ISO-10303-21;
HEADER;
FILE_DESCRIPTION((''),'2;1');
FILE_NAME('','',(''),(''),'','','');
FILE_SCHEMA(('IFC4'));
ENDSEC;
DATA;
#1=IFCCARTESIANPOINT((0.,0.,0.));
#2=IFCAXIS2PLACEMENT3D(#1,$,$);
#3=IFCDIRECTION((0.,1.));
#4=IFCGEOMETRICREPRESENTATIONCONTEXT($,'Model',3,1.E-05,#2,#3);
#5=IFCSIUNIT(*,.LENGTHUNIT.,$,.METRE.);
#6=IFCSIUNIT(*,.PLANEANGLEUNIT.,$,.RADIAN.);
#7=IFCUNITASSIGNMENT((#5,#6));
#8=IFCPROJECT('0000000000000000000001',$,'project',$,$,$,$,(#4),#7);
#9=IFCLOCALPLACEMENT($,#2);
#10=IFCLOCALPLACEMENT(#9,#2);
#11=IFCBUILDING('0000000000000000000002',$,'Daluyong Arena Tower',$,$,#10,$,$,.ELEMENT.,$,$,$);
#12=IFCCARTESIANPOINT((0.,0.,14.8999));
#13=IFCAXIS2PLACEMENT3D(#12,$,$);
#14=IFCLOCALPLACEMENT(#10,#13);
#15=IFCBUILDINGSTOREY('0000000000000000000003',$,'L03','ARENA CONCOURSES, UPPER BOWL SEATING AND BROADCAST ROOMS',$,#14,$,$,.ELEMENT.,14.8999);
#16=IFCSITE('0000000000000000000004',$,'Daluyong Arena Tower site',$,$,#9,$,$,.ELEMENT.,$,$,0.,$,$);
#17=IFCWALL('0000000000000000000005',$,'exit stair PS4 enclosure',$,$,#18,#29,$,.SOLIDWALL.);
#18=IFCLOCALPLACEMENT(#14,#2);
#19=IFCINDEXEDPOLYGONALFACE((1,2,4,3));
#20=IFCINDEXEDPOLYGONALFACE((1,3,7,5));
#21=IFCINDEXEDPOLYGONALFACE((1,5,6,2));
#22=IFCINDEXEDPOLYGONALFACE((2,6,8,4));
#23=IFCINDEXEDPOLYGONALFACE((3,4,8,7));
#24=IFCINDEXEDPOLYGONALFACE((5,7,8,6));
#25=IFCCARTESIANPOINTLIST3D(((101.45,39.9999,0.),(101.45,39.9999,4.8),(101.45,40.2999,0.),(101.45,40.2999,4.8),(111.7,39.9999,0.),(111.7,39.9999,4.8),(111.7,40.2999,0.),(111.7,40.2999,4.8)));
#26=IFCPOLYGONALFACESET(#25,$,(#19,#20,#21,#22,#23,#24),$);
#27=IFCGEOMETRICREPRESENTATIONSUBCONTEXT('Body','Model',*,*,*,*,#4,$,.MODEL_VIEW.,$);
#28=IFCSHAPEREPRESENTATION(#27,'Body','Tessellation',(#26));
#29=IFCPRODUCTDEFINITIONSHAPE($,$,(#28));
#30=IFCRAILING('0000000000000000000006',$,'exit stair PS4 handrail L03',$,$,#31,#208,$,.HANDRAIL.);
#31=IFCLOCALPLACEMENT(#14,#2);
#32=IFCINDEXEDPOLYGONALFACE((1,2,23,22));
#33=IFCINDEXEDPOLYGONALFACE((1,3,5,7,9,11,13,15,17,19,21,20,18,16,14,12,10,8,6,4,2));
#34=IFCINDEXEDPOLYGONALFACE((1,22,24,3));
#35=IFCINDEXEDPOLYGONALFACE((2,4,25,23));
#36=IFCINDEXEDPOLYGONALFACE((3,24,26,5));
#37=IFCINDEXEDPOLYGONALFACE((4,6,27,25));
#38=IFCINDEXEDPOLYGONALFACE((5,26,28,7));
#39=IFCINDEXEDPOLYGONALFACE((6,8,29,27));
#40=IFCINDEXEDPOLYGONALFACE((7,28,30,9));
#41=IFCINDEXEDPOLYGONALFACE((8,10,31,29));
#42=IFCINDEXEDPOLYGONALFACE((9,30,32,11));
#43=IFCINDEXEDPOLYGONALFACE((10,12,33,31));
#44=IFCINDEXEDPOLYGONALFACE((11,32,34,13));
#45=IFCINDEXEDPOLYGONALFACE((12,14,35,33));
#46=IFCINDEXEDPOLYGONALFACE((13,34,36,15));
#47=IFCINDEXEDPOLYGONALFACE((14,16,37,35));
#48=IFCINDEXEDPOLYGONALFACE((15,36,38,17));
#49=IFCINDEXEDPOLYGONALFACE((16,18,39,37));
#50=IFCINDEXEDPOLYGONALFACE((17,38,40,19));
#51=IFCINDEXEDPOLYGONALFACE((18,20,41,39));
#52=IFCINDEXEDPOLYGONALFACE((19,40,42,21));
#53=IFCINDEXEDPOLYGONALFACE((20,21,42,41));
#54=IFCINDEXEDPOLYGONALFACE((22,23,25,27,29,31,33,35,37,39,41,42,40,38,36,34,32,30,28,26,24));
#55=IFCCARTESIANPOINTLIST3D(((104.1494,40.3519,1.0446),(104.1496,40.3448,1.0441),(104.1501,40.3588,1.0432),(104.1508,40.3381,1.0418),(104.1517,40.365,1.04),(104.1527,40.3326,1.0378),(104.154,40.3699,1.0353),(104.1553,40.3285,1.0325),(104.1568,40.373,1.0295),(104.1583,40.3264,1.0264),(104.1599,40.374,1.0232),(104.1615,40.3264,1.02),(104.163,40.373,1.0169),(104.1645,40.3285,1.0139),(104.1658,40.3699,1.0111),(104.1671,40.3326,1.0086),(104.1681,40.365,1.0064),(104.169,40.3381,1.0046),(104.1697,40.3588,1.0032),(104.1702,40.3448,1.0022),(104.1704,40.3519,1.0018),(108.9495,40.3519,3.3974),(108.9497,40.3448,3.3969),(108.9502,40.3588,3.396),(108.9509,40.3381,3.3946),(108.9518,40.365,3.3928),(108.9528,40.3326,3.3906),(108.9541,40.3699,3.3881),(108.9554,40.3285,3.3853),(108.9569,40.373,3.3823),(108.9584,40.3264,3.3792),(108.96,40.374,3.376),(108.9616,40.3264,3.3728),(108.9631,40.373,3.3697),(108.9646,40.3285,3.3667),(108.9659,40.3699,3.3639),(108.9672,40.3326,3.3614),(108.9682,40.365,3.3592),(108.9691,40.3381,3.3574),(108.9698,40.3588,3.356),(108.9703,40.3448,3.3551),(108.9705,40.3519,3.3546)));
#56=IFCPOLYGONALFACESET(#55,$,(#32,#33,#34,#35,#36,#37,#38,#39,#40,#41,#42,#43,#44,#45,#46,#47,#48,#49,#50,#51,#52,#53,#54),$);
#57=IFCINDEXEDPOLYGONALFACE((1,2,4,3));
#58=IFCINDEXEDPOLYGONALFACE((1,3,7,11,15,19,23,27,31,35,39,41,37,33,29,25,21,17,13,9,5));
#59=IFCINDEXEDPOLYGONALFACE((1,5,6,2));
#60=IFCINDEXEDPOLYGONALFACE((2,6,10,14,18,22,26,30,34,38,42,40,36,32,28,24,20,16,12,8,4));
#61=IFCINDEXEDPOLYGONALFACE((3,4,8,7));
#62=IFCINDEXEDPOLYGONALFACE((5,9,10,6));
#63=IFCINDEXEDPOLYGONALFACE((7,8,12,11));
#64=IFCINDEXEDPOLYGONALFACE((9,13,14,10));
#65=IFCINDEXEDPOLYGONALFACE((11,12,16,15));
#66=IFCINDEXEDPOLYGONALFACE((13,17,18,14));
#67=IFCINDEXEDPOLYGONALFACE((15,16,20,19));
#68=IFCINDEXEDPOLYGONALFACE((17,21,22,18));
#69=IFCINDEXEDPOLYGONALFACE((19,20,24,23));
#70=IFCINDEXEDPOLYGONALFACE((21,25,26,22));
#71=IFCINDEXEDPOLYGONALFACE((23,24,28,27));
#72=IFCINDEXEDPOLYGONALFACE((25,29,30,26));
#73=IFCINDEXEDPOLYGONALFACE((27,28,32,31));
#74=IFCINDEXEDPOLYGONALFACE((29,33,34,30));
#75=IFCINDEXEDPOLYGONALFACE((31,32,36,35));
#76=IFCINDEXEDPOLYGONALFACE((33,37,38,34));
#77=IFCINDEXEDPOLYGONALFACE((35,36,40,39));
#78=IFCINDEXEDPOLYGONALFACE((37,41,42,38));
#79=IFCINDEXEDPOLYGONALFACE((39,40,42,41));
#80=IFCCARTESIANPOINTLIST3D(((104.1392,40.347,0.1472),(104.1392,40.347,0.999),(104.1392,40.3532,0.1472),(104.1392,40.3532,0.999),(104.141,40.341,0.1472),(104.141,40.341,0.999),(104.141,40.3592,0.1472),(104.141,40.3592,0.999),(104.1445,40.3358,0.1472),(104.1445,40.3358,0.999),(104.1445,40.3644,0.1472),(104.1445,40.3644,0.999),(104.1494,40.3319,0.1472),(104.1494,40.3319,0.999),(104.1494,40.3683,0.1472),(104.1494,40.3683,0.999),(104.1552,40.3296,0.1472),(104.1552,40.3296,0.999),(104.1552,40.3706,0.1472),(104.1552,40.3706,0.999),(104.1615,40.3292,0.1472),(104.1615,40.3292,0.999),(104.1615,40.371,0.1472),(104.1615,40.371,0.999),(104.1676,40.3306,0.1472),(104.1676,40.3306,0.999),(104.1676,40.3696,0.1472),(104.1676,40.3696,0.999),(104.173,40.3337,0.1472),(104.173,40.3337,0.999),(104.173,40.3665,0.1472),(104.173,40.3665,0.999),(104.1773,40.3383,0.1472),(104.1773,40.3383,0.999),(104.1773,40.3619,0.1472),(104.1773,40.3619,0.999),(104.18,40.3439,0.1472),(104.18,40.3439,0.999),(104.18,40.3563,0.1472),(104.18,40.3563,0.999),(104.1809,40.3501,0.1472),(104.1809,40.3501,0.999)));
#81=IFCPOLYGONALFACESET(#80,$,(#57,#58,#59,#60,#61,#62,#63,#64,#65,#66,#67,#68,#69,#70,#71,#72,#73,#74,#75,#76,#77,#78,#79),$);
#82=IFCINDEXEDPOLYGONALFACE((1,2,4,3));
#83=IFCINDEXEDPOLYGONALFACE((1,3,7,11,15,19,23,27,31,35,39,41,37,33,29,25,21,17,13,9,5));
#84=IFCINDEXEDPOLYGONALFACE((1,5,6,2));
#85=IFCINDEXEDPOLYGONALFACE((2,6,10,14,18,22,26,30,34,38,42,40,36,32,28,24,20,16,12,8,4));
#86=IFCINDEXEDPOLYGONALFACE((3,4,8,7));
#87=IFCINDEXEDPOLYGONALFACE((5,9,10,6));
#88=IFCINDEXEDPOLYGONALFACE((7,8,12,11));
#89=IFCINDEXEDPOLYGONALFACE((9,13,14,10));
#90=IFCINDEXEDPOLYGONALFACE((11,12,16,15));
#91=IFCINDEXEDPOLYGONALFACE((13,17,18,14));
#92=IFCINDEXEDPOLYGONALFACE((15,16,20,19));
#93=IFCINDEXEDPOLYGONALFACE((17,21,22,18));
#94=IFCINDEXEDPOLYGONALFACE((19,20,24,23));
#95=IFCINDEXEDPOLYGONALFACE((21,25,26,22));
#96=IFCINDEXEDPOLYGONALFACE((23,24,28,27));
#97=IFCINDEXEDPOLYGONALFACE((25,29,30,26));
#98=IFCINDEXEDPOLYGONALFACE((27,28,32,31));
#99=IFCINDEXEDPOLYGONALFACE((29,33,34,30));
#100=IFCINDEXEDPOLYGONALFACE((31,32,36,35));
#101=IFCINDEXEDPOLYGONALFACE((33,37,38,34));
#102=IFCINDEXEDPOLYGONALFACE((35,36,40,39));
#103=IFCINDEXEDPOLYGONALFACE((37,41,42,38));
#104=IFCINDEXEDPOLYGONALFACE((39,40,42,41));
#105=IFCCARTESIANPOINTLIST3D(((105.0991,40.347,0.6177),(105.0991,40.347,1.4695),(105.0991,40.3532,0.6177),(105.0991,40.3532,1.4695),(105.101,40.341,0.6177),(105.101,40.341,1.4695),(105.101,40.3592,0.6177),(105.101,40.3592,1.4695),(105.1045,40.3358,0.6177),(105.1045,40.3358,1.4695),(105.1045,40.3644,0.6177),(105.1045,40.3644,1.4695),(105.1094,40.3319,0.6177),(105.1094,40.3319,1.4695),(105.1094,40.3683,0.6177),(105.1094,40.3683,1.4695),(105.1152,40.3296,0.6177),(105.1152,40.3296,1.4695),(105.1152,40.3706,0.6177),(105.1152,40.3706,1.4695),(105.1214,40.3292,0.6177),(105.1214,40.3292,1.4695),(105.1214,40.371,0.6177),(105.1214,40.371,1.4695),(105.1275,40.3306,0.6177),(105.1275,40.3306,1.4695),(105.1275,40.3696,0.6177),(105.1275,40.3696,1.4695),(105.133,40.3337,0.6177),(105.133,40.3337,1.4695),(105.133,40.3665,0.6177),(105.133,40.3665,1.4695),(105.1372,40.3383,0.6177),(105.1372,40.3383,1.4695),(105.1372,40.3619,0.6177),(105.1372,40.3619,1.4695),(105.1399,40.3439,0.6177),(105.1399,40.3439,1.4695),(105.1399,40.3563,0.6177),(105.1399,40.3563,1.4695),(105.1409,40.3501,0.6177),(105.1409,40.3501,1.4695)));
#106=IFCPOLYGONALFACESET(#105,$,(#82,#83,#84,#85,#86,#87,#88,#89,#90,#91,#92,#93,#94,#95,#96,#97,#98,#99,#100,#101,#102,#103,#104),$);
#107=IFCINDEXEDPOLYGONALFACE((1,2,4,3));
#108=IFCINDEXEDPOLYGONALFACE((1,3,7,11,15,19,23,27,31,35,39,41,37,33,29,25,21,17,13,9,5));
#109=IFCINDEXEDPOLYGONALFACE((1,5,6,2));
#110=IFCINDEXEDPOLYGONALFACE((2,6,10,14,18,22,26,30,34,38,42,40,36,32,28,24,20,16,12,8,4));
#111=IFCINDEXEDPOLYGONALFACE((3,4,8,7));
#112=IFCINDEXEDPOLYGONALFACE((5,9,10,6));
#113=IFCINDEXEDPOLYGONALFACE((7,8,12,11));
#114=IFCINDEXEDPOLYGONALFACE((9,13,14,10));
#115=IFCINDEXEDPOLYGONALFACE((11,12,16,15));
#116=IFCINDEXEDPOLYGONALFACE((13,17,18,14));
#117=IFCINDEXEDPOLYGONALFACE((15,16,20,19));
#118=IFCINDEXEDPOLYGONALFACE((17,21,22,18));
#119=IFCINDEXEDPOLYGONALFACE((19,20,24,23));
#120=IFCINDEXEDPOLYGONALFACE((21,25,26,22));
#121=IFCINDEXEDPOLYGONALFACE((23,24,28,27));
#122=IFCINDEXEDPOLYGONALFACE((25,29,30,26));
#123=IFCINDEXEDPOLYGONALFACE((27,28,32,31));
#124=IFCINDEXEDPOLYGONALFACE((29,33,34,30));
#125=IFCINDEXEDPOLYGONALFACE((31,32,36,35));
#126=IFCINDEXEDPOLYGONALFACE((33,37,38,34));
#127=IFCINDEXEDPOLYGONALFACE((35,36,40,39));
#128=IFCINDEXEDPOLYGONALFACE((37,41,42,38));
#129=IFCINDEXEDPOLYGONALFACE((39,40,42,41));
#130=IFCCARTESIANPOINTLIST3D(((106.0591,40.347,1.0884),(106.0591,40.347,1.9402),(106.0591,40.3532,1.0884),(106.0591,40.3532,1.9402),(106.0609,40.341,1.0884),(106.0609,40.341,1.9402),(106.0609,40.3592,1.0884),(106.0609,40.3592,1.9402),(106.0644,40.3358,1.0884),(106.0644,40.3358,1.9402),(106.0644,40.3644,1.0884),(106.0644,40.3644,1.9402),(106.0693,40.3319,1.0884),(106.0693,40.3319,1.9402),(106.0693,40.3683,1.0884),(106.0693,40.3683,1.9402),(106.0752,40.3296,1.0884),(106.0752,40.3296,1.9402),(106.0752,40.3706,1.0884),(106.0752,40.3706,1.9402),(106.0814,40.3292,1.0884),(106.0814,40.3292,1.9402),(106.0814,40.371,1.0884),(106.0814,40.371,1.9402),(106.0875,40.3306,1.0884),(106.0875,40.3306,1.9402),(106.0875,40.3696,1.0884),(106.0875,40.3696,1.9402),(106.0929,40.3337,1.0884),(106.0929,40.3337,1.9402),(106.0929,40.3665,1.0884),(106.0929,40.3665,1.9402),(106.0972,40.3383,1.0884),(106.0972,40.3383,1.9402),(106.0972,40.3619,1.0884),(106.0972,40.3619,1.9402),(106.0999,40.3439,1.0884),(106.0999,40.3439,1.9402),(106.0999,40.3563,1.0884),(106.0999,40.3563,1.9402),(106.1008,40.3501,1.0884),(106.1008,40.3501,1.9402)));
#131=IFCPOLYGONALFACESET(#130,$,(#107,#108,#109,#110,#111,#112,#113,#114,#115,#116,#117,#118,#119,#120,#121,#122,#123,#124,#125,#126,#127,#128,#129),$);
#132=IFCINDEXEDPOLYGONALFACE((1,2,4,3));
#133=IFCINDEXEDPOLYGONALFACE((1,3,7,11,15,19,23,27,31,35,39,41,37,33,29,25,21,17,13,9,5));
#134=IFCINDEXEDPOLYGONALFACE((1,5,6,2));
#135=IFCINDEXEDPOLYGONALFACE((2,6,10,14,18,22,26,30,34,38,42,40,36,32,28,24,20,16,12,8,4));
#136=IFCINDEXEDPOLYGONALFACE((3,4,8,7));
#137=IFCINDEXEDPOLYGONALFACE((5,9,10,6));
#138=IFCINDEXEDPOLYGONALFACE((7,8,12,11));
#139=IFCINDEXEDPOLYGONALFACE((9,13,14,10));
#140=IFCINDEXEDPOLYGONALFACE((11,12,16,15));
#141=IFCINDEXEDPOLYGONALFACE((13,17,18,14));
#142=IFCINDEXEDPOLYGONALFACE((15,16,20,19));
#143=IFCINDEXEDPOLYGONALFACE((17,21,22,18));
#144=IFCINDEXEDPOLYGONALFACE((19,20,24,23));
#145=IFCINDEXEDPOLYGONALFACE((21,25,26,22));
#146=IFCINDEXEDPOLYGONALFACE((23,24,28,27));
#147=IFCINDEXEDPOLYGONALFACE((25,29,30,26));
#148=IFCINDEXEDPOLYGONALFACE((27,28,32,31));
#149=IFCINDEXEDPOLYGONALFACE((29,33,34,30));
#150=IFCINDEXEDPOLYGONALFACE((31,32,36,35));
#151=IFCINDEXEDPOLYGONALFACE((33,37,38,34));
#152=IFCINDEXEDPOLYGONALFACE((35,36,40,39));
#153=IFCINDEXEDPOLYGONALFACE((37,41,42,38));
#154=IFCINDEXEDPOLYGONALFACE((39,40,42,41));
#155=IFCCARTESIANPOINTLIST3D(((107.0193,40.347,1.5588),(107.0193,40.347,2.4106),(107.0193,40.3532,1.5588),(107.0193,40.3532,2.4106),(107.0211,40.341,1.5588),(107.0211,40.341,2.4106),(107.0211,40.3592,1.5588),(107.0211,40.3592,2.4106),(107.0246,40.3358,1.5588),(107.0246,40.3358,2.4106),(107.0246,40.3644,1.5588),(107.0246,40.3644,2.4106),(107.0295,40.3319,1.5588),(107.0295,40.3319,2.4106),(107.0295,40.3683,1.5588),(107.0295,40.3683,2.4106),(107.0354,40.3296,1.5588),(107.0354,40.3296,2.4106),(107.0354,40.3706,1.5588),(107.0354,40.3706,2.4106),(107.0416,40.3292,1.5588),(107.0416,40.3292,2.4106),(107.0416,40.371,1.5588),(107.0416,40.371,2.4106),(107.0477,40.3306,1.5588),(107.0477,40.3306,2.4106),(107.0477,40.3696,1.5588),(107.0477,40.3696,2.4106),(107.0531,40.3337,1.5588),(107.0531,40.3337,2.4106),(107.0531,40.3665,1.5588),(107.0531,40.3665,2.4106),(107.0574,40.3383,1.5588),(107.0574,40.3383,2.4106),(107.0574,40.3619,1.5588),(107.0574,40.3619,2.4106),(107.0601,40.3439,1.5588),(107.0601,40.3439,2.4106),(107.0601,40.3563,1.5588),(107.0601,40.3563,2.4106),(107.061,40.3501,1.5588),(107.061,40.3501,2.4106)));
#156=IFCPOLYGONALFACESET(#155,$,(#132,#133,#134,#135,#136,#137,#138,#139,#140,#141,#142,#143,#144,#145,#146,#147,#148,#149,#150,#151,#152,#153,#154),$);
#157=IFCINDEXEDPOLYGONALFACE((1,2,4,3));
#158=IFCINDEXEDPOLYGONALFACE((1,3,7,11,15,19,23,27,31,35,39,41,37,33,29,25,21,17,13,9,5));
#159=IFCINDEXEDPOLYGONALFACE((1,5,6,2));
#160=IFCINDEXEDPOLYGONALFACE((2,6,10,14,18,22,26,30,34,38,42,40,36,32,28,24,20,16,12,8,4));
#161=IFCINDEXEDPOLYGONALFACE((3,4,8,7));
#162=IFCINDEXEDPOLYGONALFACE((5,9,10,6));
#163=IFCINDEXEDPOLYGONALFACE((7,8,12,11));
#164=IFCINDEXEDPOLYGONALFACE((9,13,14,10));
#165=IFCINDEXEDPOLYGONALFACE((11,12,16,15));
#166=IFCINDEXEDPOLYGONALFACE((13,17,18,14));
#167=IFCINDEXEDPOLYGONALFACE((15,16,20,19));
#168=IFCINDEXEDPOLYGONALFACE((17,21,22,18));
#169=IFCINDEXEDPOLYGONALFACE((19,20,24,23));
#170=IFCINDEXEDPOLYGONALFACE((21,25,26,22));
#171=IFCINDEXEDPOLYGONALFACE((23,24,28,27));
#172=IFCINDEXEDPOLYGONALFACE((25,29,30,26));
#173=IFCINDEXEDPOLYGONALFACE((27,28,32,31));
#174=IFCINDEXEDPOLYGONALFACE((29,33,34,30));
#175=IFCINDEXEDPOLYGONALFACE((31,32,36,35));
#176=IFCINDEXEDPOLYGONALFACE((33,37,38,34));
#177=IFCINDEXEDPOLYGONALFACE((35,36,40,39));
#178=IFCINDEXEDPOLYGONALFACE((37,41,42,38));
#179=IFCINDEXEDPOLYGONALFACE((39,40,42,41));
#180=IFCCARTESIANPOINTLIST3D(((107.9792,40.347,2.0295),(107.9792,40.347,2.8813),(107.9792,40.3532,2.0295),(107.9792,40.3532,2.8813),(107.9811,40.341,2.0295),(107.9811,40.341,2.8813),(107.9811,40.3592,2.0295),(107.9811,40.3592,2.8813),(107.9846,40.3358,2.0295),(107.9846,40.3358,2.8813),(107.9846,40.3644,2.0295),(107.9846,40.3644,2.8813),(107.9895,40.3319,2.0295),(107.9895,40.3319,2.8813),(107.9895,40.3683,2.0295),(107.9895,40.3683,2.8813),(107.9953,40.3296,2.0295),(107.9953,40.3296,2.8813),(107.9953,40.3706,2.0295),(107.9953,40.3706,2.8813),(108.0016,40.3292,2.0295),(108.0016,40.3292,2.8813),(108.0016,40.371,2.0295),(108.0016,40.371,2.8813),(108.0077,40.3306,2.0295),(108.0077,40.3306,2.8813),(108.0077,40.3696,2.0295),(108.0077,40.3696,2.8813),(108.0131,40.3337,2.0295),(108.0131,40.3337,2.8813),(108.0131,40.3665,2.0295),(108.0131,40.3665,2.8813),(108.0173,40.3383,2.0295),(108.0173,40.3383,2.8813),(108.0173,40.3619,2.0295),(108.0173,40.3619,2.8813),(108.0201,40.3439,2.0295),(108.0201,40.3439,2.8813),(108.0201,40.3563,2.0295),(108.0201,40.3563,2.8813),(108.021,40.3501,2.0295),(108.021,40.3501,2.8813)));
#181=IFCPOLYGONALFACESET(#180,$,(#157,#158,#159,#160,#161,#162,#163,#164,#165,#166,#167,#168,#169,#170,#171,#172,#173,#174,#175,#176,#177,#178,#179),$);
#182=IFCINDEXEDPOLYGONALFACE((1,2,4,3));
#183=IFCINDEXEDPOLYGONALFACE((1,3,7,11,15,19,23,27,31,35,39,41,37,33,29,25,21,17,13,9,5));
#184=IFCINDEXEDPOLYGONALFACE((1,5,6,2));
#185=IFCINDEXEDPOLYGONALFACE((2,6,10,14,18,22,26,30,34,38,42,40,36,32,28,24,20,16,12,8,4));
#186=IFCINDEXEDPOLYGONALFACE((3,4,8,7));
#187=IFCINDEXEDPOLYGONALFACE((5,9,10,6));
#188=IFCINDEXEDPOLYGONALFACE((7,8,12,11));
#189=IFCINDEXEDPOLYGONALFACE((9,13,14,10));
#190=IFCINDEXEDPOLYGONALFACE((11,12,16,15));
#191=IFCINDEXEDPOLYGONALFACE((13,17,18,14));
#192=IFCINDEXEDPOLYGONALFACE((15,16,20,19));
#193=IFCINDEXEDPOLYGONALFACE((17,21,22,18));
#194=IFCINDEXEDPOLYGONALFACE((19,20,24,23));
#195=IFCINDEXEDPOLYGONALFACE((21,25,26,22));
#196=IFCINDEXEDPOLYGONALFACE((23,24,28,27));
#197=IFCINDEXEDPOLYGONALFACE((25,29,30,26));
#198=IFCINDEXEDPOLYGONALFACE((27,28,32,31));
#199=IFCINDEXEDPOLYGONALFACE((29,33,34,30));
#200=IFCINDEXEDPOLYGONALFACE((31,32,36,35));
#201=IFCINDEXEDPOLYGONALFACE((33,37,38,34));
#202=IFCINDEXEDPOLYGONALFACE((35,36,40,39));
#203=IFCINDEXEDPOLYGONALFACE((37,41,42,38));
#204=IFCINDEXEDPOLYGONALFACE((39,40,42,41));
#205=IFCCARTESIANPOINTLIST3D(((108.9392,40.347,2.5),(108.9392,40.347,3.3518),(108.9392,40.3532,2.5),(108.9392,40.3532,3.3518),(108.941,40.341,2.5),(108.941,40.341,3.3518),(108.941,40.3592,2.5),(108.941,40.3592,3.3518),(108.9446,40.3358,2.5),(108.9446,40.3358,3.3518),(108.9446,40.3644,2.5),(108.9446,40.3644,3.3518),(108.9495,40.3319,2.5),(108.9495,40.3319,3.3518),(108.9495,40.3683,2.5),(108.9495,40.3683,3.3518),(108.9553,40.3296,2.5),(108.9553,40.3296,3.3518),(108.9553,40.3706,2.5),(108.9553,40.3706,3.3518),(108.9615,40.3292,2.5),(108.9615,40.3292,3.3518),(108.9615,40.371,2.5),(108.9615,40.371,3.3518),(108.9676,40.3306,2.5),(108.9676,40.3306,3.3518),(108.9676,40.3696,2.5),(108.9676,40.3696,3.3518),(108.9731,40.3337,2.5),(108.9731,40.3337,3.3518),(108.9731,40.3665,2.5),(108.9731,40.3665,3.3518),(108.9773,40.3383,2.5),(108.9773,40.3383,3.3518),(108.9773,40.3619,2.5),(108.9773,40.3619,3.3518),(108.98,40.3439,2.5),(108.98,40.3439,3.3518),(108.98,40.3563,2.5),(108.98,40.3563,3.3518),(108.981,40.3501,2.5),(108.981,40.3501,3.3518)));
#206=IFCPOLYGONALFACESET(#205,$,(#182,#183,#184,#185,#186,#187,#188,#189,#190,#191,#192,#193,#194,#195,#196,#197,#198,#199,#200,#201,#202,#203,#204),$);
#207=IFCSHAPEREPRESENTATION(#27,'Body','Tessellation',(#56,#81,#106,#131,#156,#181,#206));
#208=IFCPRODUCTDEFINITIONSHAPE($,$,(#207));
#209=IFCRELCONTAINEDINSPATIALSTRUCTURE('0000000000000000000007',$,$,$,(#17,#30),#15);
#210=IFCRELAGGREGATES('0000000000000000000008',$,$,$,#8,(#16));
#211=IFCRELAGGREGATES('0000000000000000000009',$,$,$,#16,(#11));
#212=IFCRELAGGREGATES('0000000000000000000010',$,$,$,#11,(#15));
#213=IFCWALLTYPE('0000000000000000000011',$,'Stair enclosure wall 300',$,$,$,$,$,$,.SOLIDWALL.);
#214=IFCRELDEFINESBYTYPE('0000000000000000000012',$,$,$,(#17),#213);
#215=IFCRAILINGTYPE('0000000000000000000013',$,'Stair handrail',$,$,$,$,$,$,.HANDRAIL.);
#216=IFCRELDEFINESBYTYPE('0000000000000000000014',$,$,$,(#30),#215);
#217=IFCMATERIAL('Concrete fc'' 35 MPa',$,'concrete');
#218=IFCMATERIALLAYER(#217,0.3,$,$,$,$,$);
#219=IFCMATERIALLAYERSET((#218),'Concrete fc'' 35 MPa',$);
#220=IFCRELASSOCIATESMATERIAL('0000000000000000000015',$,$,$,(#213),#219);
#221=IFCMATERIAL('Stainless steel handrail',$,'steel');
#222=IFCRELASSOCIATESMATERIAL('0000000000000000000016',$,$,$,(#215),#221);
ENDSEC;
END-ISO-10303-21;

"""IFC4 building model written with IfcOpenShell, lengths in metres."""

from ifc_helpers import new_model, si_unit, direction, frame, frame_2d, origin, origin_2d, place, context, subcontext, project, spatial, rectangle, circle, extrude, material, layer, layer_set, type_object, element, save


model = new_model("IFC4")

# Units and contexts
model_context = context("Model", 3, precision=1e-05, world=origin(), true_north=direction((0.0, 1.0)))
body_context = subcontext(model_context, "Body", "Model", "MODEL_VIEW")
ifc_project = project(units=[si_unit("LENGTHUNIT", "METRE"), si_unit("PLANEANGLEUNIT", "RADIAN")], contexts=[model_context])

# Site, building, storey
site_placement = place(None, origin())
site = spatial("IfcSite", under=ifc_project, at=site_placement, Name="Daluyong Arena Tower site", CompositionType="ELEMENT", RefElevation=0.0)
building_placement = place(site_placement, origin())
building = spatial("IfcBuilding", under=site, at=building_placement, Name="Daluyong Arena Tower", CompositionType="ELEMENT")
storey_placement = place(building_placement, frame((0.0, 0.0, 14.8999)))
storey = spatial("IfcBuildingStorey", under=building, at=storey_placement, Name="L03", Description="ARENA CONCOURSES, UPPER BOWL SEATING AND BROADCAST ROOMS", CompositionType="ELEMENT", Elevation=14.8999)

# Shared definitions
ifc_material_1 = material(Name="Concrete fc' 35 MPa", Category="concrete")
ifc_layer_1 = layer(ifc_material_1, 0.3)
ifc_layer_set_1 = layer_set([ifc_layer_1], Name="Concrete fc' 35 MPa")
wall_type_1 = type_object("IfcWallType", Name="Stair enclosure wall 300", PredefinedType="SOLIDWALL", material=ifc_layer_set_1)

# Wall
wall_1_placement = place(storey_placement, frame((101.45, 40.1499, 0.0), z_axis=(0.0, 0.0, 1.0), x_axis=(1.0, 0.0, 0.0)))
element("IfcWall", 1, at=wall_1_placement, inside=storey, type_object=wall_type_1, Name="exit stair PS4 enclosure", PredefinedType="SOLIDWALL", context=body_context, shape_type="SweptSolid", body=[
    extrude(rectangle(XDim=10.25, YDim=0.3, at=frame_2d((5.125, 0.0))), origin(), (0.0, 0.0, 1.0), 4.8),
])

# Railing
ifc_material_2 = material(Name="Stainless steel handrail", Category="steel")
railing_type = type_object("IfcRailingType", Name="Stair handrail", PredefinedType="HANDRAIL", material=ifc_material_2)
railing_placement = place(storey_placement, frame((104.1599, 40.3501, 0.1472)))
element("IfcRailing", 2, at=railing_placement, inside=storey, type_object=railing_type, Name="exit stair PS4 handrail L03", PredefinedType="HANDRAIL", context=body_context, shape_type="SweptSolid", body=[
    extrude(circle(Radius=0.0239, at=origin_2d()), frame((0.0, 0.0, 0.876), z_axis=(0.897934, 0.0, 0.44013), x_axis=(0.0, 1.0, 0.0)), (0.0, 0.0, 1.0), 5.3457),
    extrude(circle(Radius=0.021, at=origin_2d()), origin(), (0.0, 0.0, 1.0), 0.8518),
    extrude(circle(Radius=0.021, at=origin_2d()), frame((0.96, 0.0, 0.4705)), (0.0, 0.0, 1.0), 0.8518),
    extrude(circle(Radius=0.021, at=origin_2d()), frame((1.9199, 0.0, 0.9412)), (0.0, 0.0, 1.0), 0.8518),
    extrude(circle(Radius=0.021, at=origin_2d()), frame((2.8801, 0.0, 1.4116)), (0.0, 0.0, 1.0), 0.8518),
    extrude(circle(Radius=0.021, at=origin_2d()), frame((3.8401, 0.0, 1.8823)), (0.0, 0.0, 1.0), 0.8518),
    extrude(circle(Radius=0.021, at=origin_2d()), frame((4.8, 0.0, 2.3528)), (0.0, 0.0, 1.0), 0.8518),
])

save(model, "model.ifc")
